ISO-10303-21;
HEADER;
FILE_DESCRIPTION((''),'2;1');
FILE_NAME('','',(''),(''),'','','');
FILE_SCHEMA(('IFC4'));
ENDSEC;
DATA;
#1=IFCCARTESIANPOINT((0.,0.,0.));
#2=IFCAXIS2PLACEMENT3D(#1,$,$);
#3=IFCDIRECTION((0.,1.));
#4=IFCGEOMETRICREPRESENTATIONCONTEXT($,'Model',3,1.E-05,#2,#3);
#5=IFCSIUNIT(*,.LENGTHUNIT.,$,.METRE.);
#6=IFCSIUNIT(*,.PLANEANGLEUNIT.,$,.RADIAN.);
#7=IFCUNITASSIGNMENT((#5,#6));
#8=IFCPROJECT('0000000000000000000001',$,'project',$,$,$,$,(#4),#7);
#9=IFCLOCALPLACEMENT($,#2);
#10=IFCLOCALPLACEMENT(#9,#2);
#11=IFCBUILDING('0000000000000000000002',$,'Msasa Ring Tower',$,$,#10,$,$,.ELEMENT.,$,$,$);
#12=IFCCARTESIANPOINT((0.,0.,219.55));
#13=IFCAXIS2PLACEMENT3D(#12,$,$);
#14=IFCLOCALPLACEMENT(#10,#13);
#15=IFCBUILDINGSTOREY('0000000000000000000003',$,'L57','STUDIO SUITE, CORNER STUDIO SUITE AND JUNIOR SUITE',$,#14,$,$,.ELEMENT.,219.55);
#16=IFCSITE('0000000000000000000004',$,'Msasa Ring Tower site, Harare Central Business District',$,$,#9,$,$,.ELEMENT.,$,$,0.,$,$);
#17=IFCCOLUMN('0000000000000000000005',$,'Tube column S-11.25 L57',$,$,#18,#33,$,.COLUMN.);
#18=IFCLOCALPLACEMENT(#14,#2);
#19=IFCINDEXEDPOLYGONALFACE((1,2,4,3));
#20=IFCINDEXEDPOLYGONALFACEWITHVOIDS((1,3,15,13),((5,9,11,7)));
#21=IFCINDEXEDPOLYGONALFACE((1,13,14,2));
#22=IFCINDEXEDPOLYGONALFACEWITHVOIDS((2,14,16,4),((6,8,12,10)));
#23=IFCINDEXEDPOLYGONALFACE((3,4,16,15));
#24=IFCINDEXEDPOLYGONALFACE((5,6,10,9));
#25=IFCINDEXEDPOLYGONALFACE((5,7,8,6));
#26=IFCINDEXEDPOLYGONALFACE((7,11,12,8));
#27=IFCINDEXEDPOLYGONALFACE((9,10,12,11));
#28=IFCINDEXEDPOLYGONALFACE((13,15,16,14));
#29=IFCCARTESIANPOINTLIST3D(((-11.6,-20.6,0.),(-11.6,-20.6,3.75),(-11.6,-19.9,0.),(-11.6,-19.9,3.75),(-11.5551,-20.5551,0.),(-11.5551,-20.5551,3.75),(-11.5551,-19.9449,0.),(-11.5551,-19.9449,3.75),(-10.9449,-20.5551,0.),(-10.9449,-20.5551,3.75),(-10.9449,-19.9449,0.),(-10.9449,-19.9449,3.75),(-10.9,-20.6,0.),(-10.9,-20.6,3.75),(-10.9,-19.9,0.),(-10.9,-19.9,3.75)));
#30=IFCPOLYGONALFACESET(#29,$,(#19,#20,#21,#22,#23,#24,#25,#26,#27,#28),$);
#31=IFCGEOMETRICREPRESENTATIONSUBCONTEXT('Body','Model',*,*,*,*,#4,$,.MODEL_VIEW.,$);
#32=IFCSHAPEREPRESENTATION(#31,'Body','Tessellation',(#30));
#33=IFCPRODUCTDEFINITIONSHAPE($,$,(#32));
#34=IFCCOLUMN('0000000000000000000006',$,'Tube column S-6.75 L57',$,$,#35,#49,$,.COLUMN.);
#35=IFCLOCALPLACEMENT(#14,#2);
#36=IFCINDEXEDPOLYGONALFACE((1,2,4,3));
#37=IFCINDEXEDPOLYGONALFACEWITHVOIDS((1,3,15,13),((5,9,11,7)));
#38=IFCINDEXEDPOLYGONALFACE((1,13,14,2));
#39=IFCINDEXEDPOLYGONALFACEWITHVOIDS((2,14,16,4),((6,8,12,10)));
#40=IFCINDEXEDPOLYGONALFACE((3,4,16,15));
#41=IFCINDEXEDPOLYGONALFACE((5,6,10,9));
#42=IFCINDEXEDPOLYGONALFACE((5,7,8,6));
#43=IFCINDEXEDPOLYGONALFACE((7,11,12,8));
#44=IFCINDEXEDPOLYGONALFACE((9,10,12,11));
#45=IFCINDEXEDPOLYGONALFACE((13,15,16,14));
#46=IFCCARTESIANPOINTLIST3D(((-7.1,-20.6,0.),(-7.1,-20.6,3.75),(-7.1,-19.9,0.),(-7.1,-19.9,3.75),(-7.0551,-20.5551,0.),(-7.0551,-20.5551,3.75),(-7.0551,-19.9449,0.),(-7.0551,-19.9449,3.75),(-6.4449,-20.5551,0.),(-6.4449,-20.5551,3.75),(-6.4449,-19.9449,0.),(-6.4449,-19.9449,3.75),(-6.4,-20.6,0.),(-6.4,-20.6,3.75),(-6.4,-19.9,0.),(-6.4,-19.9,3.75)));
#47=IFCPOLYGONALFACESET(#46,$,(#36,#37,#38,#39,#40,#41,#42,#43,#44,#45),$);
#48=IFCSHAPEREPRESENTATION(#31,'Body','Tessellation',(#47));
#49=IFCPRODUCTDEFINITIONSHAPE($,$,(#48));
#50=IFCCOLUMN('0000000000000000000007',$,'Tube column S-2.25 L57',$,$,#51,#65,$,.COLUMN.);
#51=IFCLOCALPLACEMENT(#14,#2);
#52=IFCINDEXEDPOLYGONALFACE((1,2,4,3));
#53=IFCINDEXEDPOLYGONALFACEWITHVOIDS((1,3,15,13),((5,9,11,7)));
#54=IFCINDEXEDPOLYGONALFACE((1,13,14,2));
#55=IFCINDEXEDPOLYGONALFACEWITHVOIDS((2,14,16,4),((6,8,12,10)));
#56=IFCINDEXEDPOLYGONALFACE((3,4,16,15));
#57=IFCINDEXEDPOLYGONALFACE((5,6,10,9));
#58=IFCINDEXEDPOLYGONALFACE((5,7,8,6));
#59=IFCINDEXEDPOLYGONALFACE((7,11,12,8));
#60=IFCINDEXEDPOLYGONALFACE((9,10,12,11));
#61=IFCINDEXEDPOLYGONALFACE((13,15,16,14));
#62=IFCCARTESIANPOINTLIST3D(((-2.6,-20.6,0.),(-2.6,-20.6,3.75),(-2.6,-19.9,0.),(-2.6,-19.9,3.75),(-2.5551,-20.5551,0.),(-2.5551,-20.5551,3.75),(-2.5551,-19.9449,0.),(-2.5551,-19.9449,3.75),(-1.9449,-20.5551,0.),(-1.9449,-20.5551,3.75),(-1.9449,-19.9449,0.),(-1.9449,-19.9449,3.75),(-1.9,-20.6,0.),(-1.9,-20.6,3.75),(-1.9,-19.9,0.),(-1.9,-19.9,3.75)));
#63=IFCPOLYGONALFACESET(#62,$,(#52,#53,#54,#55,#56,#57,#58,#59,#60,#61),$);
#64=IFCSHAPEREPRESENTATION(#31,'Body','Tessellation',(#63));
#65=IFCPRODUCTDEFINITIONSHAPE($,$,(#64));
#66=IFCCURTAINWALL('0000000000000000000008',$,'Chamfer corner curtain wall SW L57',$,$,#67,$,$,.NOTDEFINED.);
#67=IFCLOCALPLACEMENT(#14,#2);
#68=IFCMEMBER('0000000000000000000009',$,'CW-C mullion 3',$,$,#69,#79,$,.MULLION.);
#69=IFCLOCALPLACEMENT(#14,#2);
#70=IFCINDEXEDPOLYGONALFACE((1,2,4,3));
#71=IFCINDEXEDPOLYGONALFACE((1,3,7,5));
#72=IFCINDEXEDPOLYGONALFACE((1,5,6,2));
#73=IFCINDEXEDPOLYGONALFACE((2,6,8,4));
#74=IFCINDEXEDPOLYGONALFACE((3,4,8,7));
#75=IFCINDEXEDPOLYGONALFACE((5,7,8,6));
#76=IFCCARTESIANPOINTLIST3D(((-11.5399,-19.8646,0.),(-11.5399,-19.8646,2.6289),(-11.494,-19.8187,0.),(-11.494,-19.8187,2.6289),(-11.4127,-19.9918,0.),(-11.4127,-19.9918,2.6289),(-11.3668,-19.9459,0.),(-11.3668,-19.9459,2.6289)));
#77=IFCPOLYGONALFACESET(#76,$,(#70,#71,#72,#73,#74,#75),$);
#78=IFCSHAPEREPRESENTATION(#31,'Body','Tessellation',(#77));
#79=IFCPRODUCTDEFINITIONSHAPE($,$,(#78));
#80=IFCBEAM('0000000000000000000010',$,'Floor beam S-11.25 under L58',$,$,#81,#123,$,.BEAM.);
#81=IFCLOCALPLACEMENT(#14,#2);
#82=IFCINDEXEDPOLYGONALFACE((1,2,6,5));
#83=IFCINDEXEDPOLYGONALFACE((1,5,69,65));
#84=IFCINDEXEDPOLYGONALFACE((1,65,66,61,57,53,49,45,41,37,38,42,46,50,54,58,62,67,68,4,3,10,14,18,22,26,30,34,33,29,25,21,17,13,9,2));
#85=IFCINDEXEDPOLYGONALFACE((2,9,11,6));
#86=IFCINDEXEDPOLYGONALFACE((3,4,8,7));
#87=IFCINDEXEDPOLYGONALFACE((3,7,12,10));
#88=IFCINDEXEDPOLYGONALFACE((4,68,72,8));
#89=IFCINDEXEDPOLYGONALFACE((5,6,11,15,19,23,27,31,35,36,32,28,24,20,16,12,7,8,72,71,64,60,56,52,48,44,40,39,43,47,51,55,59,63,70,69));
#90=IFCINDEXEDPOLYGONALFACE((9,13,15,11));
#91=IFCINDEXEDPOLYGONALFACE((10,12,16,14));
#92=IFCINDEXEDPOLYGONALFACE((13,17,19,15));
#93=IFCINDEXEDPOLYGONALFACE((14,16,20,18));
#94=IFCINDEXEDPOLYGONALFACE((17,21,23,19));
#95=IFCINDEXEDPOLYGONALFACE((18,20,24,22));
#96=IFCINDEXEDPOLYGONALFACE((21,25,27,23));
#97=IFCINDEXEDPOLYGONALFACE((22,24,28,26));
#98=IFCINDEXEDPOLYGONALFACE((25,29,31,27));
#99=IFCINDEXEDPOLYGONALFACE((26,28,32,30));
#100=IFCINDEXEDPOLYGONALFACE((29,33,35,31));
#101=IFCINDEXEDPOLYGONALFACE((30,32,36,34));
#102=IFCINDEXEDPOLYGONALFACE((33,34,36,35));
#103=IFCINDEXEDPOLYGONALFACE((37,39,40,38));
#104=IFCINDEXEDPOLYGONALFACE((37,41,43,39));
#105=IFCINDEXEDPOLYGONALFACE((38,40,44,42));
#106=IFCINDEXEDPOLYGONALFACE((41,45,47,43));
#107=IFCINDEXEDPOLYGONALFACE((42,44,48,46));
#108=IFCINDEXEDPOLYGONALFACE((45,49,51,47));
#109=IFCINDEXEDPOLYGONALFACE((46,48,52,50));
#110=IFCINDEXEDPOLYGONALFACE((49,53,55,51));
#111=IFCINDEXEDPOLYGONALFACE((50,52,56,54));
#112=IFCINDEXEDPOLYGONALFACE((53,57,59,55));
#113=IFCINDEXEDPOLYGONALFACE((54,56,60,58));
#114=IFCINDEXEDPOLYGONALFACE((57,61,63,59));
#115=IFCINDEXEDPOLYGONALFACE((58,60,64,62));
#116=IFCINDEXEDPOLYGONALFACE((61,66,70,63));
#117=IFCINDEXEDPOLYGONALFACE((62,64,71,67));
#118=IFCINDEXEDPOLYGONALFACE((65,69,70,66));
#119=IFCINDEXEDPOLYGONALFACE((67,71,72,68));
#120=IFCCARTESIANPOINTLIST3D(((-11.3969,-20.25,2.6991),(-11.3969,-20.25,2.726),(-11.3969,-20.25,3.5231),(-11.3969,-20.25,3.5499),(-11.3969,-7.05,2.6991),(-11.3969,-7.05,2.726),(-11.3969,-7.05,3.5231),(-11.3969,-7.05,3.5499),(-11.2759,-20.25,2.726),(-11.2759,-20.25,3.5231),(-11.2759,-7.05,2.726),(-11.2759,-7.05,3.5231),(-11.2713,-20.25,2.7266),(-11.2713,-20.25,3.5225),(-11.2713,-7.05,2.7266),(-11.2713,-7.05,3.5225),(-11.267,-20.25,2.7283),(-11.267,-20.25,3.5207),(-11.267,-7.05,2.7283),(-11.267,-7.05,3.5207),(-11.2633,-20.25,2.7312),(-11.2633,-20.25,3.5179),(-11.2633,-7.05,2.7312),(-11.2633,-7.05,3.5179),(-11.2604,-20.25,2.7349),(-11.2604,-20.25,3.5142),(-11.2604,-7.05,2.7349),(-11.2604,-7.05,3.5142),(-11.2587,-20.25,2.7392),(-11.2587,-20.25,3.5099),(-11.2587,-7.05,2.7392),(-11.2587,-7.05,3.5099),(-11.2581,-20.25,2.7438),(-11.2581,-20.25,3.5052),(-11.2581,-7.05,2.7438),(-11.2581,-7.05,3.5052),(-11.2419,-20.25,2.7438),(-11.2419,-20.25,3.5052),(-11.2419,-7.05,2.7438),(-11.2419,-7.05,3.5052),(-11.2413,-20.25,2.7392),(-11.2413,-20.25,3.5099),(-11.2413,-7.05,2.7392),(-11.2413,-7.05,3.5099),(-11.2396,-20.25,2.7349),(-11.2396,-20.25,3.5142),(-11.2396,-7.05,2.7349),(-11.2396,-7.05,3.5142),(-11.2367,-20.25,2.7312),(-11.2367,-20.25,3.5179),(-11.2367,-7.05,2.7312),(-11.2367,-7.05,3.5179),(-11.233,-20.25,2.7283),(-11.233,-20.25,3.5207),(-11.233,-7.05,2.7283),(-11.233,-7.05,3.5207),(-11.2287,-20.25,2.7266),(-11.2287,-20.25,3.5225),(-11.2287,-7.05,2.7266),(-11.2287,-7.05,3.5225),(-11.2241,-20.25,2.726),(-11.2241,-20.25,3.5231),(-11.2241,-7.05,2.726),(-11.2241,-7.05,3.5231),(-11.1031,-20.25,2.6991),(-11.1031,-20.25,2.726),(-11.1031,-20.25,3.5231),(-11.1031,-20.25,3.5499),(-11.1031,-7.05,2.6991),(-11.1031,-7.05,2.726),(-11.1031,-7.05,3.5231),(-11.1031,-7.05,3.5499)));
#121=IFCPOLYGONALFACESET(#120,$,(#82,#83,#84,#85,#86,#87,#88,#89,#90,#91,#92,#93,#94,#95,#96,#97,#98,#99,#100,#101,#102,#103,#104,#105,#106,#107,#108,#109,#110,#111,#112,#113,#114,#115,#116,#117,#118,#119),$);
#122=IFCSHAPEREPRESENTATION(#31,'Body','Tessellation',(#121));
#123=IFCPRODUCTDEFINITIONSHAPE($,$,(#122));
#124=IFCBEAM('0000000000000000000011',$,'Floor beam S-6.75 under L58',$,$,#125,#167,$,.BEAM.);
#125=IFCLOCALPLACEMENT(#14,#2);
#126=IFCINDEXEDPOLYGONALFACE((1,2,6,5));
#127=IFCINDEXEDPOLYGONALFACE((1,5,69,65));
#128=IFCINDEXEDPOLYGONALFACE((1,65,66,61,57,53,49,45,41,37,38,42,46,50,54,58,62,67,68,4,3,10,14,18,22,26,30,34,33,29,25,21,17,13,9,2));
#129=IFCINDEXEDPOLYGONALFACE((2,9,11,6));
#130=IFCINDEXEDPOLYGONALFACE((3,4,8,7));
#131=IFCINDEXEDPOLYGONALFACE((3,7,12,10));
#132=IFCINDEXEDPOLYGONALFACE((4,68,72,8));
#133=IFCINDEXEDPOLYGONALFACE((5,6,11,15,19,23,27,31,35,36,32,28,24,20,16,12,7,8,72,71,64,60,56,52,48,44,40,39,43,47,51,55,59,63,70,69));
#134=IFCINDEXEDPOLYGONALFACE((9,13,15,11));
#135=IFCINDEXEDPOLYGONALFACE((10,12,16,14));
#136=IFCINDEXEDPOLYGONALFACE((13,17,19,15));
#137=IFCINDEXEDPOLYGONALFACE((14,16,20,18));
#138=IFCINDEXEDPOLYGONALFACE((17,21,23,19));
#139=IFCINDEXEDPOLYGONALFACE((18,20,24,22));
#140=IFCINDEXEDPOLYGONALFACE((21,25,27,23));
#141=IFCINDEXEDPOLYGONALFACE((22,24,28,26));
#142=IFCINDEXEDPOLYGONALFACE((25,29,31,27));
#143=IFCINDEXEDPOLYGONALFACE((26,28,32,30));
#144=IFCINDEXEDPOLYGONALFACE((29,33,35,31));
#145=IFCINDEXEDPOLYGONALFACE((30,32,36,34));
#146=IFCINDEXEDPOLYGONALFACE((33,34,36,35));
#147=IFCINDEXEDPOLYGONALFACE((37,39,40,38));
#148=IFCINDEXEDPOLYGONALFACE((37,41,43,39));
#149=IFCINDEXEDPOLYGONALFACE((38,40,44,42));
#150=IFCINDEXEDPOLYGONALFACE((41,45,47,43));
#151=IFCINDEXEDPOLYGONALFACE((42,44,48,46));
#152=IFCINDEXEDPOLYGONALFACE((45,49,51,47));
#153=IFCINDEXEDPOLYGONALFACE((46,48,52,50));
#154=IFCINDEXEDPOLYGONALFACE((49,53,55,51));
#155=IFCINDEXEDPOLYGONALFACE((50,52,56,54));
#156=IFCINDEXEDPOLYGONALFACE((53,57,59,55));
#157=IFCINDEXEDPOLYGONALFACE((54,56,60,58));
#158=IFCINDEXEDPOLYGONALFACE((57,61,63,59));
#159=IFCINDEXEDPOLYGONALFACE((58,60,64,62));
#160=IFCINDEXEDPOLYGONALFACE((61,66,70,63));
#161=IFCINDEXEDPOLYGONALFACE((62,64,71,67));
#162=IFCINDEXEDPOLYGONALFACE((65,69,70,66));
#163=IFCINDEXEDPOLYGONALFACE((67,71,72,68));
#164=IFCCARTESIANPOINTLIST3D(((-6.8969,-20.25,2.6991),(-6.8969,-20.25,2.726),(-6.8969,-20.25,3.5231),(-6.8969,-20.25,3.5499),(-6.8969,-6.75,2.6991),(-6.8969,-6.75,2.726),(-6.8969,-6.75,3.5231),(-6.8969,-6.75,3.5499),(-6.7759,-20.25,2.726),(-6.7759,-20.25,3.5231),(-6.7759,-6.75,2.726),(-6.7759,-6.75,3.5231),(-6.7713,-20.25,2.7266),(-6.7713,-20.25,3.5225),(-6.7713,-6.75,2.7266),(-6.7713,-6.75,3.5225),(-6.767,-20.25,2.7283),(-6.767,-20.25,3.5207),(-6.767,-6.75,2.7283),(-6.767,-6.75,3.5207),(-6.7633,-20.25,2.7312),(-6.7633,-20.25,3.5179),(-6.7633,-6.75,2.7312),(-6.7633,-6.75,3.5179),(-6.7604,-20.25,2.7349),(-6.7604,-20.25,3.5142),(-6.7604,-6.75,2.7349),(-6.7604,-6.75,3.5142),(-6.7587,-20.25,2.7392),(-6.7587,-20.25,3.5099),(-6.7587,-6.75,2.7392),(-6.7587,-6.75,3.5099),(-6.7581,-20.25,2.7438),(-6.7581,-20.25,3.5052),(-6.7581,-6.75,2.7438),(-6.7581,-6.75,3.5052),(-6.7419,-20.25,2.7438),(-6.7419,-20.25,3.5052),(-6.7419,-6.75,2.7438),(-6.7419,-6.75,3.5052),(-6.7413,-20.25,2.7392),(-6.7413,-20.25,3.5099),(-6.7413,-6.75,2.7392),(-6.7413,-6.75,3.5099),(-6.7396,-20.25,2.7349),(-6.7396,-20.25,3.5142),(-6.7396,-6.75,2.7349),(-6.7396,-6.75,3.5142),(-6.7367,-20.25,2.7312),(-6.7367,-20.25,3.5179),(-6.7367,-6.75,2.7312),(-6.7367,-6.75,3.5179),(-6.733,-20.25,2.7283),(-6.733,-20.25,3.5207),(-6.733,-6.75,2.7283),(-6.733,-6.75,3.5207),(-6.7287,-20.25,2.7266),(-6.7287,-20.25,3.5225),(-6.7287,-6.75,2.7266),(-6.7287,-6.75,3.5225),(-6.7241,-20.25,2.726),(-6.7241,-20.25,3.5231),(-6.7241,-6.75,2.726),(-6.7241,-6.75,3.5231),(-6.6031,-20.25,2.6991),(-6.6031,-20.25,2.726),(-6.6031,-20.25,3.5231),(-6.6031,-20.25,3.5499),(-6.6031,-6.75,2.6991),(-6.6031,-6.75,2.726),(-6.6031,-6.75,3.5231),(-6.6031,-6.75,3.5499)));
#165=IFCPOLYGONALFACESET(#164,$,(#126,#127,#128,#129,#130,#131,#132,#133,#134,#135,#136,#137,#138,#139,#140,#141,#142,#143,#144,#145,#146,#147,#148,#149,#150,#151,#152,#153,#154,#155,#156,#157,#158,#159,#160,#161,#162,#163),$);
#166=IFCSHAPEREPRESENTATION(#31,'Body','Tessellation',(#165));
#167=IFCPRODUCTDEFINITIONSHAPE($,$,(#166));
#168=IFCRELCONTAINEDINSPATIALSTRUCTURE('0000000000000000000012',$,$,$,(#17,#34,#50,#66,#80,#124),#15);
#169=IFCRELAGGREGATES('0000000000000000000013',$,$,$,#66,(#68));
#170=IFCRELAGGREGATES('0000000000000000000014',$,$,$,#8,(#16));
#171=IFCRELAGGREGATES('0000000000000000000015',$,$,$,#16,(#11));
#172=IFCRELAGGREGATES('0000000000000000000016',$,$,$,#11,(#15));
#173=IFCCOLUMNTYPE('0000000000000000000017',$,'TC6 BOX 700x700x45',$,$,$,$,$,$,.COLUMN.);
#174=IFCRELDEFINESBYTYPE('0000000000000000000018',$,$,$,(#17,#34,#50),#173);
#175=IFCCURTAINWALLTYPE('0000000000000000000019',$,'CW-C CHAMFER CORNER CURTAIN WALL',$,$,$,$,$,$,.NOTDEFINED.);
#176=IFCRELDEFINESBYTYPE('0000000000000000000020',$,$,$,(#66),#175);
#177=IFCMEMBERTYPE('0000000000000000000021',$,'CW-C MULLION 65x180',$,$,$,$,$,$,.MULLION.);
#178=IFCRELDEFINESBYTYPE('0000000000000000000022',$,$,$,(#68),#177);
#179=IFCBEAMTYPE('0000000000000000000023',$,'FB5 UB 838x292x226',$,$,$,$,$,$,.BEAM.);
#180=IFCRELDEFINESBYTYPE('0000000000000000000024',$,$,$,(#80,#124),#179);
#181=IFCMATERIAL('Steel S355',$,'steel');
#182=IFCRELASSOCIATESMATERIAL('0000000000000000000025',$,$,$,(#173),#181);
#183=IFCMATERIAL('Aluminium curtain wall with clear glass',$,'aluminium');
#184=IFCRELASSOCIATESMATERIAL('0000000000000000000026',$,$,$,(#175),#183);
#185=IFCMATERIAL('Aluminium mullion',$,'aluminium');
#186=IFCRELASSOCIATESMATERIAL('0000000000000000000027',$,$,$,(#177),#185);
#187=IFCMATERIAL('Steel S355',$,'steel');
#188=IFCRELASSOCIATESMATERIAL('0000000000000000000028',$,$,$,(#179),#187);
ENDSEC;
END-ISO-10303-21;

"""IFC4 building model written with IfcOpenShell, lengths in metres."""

from ifc_helpers import new_model, si_unit, direction, frame, origin, origin_2d, place, context, subcontext, project, spatial, rectangle, hollow_rectangle, i_section, extrude, material, material_profile, profile_set, type_object, element, aggregate, save


model = new_model("IFC4")

# Units and contexts
model_context = context("Model", 3, precision=1e-05, world=origin(), true_north=direction((0.0, 1.0)))
body_context = subcontext(model_context, "Body", "Model", "MODEL_VIEW")
ifc_project = project(units=[si_unit("LENGTHUNIT", "METRE"), si_unit("PLANEANGLEUNIT", "RADIAN")], contexts=[model_context])

# Site, building, storey
site_placement = place(None, origin())
site = spatial("IfcSite", under=ifc_project, at=site_placement, Name="Msasa Ring Tower site, Harare Central Business District", CompositionType="ELEMENT", RefElevation=0.0)
building_placement = place(site_placement, origin())
building = spatial("IfcBuilding", under=site, at=building_placement, Name="Msasa Ring Tower", CompositionType="ELEMENT")
storey_placement = place(building_placement, frame((0.0, 0.0, 219.55)))
storey = spatial("IfcBuildingStorey", under=building, at=storey_placement, Name="L57", Description="STUDIO SUITE, CORNER STUDIO SUITE AND JUNIOR SUITE", CompositionType="ELEMENT", Elevation=219.55)

# Columns
ifc_material_1 = material(Name="Steel S355", Category="steel")
ifc_material_profile_1 = material_profile(ifc_material_1, hollow_rectangle(XDim=0.7, YDim=0.7, WallThickness=0.0449, at=origin_2d()), Name="BOX 700x700x45")
ifc_profile_set_1 = profile_set([ifc_material_profile_1], Name="Steel S355")
column_type = type_object("IfcColumnType", Name="TC6 BOX 700x700x45", PredefinedType="COLUMN", material=ifc_profile_set_1)
for number, where, z_axis, x_axis, name in (
    (1, (-11.25, -20.25, 0.0), (0.0, 0.0, 1.0), (0.0, 1.0, 0.0), "Tube column S-11.25 L57"),
    (2, (-6.75, -20.25, 0.0), (0.0, 0.0, 1.0), (0.0, 1.0, 0.0), "Tube column S-6.75 L57"),
    (3, (-2.25, -20.25, 0.0), (0.0, 0.0, 1.0), (0.0, 1.0, 0.0), "Tube column S-2.25 L57"),
):
    element("IfcColumn", number, at=place(storey_placement, frame(where, z_axis=z_axis, x_axis=x_axis)), inside=storey, type_object=column_type, Name=name, PredefinedType="COLUMN", context=body_context, shape_type="SweptSolid", body=[
        extrude(hollow_rectangle(XDim=0.7, YDim=0.7, WallThickness=0.0449, at=origin_2d()), origin(), (0.0, 0.0, 1.0), 3.75),
    ])

# Curtain wall, member
ifc_material_2 = material(Name="Aluminium curtain wall with clear glass", Category="aluminium")
curtain_wall_type = type_object("IfcCurtainWallType", Name="CW-C CHAMFER CORNER CURTAIN WALL", PredefinedType="NOTDEFINED", material=ifc_material_2)
curtain_wall_placement = place(storey_placement, origin())
curtain_wall = element("IfcCurtainWall", 4, at=curtain_wall_placement, inside=storey, type_object=curtain_wall_type, Name="Chamfer corner curtain wall SW L57", PredefinedType="NOTDEFINED")
ifc_material_3 = material(Name="Aluminium mullion", Category="aluminium")
ifc_material_profile_2 = material_profile(ifc_material_3, rectangle(XDim=0.0649, YDim=0.1799, at=origin_2d()), Name="AL 65x180")
ifc_profile_set_2 = profile_set([ifc_material_profile_2], Name="Aluminium mullion")
member_type = type_object("IfcMemberType", Name="CW-C MULLION 65x180", PredefinedType="MULLION", material=ifc_profile_set_2)
member_placement = place(storey_placement, frame((-11.4534, -19.9053, 0.0), z_axis=(0.0, 0.0, 1.0), x_axis=(0.707107, 0.707107, 0.0)))
member = element("IfcMember", 5, at=member_placement, type_object=member_type, Name="CW-C mullion 3", PredefinedType="MULLION", context=body_context, shape_type="SweptSolid", body=[
    extrude(rectangle(XDim=0.0649, YDim=0.1799, at=origin_2d()), origin(), (0.0, 0.0, 1.0), 2.6289),
])

# Beams
ifc_material_4 = material(Name="Steel S355", Category="steel")
ifc_material_profile_3 = material_profile(ifc_material_4, i_section(OverallWidth=0.2937, OverallDepth=0.8508, WebThickness=0.0161, FlangeThickness=0.0269, FilletRadius=0.0178, at=origin_2d()), Name="UB 838x292x226")
ifc_profile_set_3 = profile_set([ifc_material_profile_3], Name="Steel S355")
beam_type_1 = type_object("IfcBeamType", Name="FB5 UB 838x292x226", PredefinedType="BEAM", material=ifc_profile_set_3)
beam_placement = place(storey_placement, frame((-11.25, -20.25, 3.1245), z_axis=(0.0, 1.0, 0.0), x_axis=(-1.0, 0.0, 0.0)))
element("IfcBeam", 6, at=beam_placement, inside=storey, type_object=beam_type_1, Name="Floor beam S-11.25 under L58", PredefinedType="BEAM", context=body_context, shape_type="SweptSolid", body=[
    extrude(i_section(OverallWidth=0.2937, OverallDepth=0.8508, WebThickness=0.0161, FlangeThickness=0.0269, FilletRadius=0.0178, at=origin_2d()), origin(), (0.0, 0.0, 1.0), 13.2),
])
for number, where, z_axis, x_axis, name in (
    (7, (-6.75, -20.25, 3.1245), (0.0, 1.0, 0.0), (-1.0, 0.0, 0.0), "Floor beam S-6.75 under L58"),
):
    element("IfcBeam", number, at=place(storey_placement, frame(where, z_axis=z_axis, x_axis=x_axis)), inside=storey, type_object=beam_type_1, Name=name, PredefinedType="BEAM", context=body_context, shape_type="SweptSolid", body=[
        extrude(i_section(OverallWidth=0.2937, OverallDepth=0.8508, WebThickness=0.0161, FlangeThickness=0.0269, FilletRadius=0.0178, at=origin_2d()), origin(), (0.0, 0.0, 1.0), 13.5),
    ])

aggregate(curtain_wall, [member])

save(model, "model.ifc")
